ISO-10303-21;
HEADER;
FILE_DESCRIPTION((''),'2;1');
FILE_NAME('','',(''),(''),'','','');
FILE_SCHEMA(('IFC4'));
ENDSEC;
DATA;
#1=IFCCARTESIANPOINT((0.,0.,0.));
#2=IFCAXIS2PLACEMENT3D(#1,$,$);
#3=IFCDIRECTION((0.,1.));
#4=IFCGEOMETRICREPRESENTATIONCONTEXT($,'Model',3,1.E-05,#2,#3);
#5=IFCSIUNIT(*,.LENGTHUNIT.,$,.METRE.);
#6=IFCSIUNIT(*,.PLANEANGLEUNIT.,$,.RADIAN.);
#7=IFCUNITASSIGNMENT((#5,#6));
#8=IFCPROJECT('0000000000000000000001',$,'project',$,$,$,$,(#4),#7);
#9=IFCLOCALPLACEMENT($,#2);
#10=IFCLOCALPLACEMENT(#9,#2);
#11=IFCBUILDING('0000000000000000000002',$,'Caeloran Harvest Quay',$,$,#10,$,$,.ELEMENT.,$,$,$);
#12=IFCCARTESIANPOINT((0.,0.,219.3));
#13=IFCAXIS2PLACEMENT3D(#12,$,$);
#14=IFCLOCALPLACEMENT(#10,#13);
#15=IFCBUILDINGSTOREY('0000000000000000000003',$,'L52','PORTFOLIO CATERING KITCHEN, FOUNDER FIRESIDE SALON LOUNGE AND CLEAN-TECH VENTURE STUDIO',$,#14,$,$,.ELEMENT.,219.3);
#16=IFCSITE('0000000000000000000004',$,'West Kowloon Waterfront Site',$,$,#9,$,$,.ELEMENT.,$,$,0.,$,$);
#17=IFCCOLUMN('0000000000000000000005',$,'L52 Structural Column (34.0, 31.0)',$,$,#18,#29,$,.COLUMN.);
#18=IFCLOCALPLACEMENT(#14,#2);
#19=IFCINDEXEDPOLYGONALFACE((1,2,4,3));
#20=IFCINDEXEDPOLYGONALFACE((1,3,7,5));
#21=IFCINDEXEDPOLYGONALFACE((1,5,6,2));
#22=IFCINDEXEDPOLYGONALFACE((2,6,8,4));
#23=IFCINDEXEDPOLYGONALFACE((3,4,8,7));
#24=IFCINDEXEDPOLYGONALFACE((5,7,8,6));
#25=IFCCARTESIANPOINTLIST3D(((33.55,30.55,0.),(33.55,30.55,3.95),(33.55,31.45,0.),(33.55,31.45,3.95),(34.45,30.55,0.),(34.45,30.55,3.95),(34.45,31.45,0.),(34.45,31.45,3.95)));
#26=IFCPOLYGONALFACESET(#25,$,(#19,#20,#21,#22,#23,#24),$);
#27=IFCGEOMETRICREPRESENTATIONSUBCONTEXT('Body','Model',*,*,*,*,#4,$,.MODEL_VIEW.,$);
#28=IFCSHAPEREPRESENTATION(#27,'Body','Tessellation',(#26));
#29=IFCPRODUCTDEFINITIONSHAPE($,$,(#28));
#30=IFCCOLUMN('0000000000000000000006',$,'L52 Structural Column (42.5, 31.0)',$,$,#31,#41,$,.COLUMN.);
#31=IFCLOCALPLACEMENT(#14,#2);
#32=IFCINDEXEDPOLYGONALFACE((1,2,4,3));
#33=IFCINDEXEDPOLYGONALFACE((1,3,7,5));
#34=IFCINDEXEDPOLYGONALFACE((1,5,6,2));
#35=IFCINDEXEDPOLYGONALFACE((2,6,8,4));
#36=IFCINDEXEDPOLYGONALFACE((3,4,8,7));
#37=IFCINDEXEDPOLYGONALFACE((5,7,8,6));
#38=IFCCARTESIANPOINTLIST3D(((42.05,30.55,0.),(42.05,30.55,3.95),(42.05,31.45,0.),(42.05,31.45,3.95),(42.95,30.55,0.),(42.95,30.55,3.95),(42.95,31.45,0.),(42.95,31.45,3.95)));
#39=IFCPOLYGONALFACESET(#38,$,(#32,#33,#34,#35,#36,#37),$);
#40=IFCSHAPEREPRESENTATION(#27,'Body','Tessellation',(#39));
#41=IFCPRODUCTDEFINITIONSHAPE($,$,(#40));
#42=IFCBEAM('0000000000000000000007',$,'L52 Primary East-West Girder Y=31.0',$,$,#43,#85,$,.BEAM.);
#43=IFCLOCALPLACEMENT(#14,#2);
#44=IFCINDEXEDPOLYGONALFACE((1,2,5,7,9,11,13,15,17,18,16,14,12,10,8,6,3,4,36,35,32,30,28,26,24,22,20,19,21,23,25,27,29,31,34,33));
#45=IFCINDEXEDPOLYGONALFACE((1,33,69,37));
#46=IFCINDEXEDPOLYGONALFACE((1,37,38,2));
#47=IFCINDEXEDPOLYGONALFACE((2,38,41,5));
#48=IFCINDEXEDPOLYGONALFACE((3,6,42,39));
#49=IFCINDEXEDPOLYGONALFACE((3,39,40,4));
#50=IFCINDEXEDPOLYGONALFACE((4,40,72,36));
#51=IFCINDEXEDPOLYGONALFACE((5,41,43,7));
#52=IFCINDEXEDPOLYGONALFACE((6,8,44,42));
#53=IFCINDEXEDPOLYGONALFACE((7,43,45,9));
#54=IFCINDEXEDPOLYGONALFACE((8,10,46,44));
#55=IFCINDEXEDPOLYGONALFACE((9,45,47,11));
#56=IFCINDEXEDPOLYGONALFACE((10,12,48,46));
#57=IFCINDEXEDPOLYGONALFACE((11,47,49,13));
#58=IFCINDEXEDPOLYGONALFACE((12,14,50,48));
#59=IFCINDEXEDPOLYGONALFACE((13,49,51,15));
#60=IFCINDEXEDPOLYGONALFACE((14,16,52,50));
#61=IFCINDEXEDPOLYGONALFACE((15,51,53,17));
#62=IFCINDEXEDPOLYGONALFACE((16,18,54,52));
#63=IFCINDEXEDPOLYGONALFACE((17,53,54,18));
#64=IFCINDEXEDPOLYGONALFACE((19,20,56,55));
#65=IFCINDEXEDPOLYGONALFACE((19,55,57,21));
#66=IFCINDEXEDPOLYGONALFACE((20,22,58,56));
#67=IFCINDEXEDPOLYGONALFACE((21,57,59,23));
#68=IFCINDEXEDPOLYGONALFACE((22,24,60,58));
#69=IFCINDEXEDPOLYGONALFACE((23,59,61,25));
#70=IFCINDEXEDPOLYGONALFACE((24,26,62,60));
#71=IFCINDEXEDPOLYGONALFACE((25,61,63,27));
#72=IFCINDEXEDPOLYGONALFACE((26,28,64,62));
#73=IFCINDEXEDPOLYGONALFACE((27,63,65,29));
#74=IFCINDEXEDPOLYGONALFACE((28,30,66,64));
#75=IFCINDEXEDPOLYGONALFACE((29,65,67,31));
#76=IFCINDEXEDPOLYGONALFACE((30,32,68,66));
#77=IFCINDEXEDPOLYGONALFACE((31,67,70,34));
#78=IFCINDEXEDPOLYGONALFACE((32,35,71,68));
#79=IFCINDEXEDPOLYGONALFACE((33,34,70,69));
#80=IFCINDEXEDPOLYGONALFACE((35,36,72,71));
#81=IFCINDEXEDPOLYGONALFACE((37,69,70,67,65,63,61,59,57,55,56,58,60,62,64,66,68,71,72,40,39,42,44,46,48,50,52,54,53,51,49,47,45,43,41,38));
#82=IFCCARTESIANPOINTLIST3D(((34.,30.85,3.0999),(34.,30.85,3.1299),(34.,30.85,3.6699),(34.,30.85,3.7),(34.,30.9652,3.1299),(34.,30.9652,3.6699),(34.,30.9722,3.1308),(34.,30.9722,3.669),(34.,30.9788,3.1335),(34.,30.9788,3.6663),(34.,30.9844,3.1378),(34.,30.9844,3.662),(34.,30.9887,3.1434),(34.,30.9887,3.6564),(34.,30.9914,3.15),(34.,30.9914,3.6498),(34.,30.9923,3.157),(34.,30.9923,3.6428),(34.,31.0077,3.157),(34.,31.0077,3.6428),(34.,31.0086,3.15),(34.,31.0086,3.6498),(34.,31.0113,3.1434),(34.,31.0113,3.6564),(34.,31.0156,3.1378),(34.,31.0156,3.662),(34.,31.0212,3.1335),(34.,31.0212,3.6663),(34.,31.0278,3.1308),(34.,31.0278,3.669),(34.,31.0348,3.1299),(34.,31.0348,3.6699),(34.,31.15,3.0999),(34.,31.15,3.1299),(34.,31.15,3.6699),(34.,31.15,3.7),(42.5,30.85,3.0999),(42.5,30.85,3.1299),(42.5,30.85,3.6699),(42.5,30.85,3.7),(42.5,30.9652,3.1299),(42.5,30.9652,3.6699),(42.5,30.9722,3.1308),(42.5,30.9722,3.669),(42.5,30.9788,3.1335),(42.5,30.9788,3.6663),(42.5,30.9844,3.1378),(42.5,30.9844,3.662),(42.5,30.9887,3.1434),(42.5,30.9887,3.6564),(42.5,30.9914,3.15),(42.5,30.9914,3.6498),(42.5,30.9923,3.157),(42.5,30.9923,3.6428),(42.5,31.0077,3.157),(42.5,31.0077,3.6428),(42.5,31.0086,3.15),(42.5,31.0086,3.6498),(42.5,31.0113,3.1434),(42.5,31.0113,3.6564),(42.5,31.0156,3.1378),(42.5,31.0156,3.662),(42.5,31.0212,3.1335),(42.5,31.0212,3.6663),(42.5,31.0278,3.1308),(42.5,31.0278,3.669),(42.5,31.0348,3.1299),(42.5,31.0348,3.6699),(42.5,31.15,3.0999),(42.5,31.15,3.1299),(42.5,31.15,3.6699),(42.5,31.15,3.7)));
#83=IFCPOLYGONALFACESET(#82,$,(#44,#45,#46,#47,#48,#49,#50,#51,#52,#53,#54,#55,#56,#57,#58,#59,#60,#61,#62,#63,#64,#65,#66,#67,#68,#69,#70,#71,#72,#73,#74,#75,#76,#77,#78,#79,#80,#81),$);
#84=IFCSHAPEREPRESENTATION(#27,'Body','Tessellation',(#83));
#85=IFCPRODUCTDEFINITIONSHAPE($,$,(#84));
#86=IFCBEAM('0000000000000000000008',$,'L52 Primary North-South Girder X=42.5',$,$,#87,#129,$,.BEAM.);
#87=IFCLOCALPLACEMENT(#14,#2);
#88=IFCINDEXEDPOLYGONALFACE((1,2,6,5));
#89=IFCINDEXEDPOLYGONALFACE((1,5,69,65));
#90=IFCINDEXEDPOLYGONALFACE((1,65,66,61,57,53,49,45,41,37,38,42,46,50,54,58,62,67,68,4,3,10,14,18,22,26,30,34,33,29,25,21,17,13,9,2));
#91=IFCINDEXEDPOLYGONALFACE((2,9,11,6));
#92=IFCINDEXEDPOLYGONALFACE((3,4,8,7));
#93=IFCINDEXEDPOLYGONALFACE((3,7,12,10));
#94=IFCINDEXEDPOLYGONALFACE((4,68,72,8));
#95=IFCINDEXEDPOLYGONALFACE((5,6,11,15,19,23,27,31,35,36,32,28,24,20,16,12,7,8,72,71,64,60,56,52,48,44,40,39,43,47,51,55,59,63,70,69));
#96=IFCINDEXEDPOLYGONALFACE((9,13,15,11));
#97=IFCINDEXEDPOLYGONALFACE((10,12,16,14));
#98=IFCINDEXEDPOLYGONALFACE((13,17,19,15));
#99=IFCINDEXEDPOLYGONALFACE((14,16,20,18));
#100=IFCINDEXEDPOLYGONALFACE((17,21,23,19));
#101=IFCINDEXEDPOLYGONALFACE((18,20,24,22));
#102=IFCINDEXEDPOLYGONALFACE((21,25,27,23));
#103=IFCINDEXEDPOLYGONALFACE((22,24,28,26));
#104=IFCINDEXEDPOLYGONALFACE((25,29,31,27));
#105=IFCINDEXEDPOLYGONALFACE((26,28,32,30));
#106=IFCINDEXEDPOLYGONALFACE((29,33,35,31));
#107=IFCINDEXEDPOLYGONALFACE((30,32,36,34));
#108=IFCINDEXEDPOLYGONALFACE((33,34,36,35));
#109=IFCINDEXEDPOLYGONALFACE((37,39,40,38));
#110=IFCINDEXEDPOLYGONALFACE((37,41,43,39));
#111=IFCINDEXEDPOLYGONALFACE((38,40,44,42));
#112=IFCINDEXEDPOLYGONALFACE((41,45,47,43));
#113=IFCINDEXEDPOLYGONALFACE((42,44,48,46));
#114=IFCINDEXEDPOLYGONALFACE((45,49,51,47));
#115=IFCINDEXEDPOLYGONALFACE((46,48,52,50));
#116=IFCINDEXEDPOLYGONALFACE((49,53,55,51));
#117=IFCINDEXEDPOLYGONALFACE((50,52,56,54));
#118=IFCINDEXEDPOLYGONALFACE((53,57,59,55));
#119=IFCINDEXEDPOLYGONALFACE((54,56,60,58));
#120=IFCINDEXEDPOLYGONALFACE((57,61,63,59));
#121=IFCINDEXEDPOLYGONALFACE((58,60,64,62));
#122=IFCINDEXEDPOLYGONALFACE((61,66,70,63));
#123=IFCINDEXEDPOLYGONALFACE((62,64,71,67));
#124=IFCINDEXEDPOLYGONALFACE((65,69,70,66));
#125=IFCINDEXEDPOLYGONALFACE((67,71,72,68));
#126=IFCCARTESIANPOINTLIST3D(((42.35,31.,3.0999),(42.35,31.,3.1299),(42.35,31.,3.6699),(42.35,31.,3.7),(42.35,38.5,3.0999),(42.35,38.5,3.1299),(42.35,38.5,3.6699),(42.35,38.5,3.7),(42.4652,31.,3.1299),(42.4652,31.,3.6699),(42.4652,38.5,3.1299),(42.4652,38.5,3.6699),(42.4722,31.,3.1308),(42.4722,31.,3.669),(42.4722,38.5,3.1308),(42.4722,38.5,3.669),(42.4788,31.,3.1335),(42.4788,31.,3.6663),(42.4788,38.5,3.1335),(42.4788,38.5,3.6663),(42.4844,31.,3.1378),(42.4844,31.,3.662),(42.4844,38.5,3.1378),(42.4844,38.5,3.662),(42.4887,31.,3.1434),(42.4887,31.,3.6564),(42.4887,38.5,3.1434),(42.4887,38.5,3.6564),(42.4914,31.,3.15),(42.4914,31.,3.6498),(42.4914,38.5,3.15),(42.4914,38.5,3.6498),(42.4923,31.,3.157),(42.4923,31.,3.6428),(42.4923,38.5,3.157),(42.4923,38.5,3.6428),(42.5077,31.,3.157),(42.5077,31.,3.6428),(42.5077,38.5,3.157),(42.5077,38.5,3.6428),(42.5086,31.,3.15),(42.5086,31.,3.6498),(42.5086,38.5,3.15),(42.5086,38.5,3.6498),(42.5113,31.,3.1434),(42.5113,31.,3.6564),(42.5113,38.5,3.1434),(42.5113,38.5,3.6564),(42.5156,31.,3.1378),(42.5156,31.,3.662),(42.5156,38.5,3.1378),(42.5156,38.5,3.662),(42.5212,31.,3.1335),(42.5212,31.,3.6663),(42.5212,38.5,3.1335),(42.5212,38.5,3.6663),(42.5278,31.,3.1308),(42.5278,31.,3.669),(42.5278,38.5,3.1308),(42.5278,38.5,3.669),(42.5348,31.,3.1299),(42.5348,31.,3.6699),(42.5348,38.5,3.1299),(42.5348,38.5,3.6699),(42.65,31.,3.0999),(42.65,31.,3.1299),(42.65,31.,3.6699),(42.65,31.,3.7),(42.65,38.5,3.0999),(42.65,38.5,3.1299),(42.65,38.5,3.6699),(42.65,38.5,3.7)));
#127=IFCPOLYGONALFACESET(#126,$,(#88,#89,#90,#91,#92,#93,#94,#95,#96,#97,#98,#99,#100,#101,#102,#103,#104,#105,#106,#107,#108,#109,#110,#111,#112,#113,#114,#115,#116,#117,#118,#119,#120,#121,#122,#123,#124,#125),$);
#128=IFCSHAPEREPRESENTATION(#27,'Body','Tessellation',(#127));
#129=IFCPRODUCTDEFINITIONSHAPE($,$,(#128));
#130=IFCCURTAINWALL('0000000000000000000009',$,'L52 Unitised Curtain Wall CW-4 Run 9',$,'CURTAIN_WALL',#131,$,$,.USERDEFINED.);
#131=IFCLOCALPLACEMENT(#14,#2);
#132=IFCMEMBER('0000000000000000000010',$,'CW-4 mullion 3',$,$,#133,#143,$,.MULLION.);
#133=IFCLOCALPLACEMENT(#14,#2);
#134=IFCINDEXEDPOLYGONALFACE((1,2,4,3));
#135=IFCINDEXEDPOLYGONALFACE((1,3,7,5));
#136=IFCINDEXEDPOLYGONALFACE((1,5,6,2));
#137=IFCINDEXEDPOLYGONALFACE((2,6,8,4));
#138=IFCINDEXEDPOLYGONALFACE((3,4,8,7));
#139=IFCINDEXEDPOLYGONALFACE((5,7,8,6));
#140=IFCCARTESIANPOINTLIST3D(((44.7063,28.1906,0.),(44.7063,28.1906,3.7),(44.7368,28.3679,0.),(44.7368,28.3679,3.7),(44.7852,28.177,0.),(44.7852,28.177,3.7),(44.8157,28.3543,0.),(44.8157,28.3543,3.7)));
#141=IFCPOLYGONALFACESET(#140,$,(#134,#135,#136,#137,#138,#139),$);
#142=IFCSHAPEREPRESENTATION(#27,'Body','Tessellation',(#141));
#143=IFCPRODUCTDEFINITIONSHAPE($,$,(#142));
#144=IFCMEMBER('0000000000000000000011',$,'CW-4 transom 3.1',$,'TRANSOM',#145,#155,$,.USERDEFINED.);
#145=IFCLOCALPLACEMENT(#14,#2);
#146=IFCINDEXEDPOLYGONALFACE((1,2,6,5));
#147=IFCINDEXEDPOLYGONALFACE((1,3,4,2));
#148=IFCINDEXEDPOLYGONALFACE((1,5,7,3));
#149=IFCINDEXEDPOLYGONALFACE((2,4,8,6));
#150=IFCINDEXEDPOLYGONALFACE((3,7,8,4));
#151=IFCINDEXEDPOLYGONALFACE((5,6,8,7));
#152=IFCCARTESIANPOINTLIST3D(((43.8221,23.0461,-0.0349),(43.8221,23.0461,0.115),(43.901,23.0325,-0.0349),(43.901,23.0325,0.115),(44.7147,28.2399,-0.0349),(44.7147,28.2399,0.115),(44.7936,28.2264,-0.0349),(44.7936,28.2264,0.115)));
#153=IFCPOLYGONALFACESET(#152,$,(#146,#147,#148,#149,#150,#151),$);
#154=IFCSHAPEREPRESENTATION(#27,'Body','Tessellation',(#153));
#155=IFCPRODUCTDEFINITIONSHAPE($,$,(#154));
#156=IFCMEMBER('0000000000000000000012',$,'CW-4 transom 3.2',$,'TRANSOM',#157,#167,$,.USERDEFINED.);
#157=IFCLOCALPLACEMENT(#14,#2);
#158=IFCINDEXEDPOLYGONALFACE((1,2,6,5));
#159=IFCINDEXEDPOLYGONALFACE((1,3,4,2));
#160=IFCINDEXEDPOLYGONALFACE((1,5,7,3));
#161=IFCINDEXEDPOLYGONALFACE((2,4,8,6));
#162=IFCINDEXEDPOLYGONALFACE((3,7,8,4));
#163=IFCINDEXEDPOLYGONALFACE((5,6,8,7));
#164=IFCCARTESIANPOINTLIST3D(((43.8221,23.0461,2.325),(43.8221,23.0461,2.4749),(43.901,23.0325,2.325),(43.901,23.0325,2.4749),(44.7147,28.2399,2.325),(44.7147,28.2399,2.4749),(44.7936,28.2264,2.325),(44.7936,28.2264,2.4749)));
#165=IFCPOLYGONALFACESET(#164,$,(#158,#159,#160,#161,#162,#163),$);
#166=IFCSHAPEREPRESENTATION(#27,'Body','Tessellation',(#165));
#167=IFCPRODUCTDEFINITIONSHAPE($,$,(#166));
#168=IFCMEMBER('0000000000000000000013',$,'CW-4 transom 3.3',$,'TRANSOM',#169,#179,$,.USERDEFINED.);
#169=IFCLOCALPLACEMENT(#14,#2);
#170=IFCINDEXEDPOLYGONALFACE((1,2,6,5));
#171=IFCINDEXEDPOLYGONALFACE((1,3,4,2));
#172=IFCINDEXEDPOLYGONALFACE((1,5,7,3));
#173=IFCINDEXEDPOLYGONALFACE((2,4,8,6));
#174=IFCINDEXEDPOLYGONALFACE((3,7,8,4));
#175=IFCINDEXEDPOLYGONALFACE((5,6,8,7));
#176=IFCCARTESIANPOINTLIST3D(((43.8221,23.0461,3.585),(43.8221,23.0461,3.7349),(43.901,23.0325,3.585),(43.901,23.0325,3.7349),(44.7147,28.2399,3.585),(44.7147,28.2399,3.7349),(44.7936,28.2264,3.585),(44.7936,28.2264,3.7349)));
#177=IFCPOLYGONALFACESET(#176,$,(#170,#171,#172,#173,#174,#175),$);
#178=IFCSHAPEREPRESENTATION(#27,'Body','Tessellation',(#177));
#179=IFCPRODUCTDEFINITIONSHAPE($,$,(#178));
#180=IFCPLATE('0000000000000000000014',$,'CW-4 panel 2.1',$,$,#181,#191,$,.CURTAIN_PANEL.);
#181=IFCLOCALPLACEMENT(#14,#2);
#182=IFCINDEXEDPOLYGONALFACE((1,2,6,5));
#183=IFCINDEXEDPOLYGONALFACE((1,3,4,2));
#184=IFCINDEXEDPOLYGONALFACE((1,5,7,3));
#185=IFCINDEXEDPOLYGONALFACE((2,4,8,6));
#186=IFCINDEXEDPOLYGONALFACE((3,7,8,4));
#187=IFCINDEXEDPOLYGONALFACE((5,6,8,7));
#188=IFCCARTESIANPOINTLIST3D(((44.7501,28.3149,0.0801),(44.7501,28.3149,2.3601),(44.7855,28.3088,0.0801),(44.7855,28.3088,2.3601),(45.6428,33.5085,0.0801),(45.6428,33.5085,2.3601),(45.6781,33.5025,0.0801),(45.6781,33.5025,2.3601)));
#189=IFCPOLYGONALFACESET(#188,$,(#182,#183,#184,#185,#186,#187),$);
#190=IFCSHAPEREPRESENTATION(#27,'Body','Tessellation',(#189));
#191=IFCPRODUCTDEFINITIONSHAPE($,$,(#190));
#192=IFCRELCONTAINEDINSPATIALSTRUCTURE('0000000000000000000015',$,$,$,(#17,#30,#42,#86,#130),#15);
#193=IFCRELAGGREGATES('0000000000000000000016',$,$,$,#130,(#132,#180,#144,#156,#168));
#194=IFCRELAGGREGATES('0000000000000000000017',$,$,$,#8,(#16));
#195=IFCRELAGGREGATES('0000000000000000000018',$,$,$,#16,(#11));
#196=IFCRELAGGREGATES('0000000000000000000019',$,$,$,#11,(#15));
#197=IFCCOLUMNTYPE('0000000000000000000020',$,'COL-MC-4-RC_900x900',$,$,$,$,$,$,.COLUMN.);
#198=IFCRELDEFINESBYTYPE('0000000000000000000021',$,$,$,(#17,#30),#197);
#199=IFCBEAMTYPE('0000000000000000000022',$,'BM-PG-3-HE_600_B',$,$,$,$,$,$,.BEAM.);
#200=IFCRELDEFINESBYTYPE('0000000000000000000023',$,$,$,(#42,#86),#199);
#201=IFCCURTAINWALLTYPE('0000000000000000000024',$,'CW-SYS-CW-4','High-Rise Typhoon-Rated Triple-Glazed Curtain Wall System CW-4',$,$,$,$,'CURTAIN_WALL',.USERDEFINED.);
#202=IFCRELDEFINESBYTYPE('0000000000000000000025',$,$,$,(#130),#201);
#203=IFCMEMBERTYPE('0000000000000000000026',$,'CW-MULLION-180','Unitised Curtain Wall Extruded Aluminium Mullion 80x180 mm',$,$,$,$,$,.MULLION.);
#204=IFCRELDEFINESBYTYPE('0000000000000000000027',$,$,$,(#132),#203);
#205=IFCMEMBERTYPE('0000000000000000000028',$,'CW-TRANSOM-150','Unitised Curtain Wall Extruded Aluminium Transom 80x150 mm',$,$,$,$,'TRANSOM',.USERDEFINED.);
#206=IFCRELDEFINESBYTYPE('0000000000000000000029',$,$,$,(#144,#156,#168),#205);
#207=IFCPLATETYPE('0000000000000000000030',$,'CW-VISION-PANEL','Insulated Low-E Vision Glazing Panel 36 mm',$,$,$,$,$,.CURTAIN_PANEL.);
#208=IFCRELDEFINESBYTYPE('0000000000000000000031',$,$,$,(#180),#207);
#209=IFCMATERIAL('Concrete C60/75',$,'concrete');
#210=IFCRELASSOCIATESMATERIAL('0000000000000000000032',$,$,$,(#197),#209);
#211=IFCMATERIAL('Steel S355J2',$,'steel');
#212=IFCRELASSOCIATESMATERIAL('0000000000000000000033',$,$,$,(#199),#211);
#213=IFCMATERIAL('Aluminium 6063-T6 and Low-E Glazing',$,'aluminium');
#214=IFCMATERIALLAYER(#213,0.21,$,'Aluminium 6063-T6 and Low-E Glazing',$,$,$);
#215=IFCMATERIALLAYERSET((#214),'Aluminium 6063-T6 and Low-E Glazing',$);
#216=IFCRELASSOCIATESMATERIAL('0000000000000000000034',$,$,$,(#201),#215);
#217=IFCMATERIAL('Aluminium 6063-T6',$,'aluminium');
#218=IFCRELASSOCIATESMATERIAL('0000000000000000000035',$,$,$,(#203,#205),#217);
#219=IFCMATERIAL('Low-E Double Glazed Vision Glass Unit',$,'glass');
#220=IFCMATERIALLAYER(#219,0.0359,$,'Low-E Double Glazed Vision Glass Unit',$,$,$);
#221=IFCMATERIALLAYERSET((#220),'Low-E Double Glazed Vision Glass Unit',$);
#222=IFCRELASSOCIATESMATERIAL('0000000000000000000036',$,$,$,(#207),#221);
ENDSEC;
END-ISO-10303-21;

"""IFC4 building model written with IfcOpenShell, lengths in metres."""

from ifc_helpers import new_model, si_unit, direction, frame, origin, origin_2d, place, context, subcontext, project, spatial, rectangle, i_section, extrude, material, layer, layer_set, material_profile, profile_set, type_object, element, aggregate, save


model = new_model("IFC4")

# Units and contexts
model_context = context("Model", 3, precision=1e-05, world=origin(), true_north=direction((0.0, 1.0)))
body_context = subcontext(model_context, "Body", "Model", "MODEL_VIEW")
ifc_project = project(units=[si_unit("LENGTHUNIT", "METRE"), si_unit("PLANEANGLEUNIT", "RADIAN")], contexts=[model_context])

# Site, building, storey
site_placement = place(None, origin())
site = spatial("IfcSite", under=ifc_project, at=site_placement, Name="West Kowloon Waterfront Site", CompositionType="ELEMENT", RefElevation=0.0)
building_placement = place(site_placement, origin())
building = spatial("IfcBuilding", under=site, at=building_placement, Name="Caeloran Harvest Quay", CompositionType="ELEMENT")
storey_placement = place(building_placement, frame((0.0, 0.0, 219.3)))
storey = spatial("IfcBuildingStorey", under=building, at=storey_placement, Name="L52", Description="PORTFOLIO CATERING KITCHEN, FOUNDER FIRESIDE SALON LOUNGE AND CLEAN-TECH VENTURE STUDIO", CompositionType="ELEMENT", Elevation=219.3)

# Columns
ifc_material_1 = material(Name="Concrete C60/75", Category="concrete")
ifc_material_profile_1 = material_profile(ifc_material_1, rectangle(XDim=0.8999, YDim=0.8999, at=origin_2d()), Name="RC 900x900")
ifc_profile_set_1 = profile_set([ifc_material_profile_1], Name="Concrete C60/75")
column_type = type_object("IfcColumnType", Name="COL-MC-4-RC_900x900", PredefinedType="COLUMN", material=ifc_profile_set_1)
for number, where, z_axis, x_axis, name in (
    (1, (34.0, 31.0, 0.0), (0.0, 0.0, 1.0), (1.0, 0.0, 0.0), "L52 Structural Column (34.0, 31.0)"),
    (2, (42.5, 31.0, 0.0), (0.0, 0.0, 1.0), (1.0, 0.0, 0.0), "L52 Structural Column (42.5, 31.0)"),
):
    element("IfcColumn", number, at=place(storey_placement, frame(where, z_axis=z_axis, x_axis=x_axis)), inside=storey, type_object=column_type, Name=name, PredefinedType="COLUMN", context=body_context, shape_type="SweptSolid", body=[
        extrude(rectangle(XDim=0.8999, YDim=0.8999, at=origin_2d()), origin(), (0.0, 0.0, 1.0), 3.95),
    ])

# Beams
ifc_material_2 = material(Name="Steel S355J2", Category="steel")
ifc_material_profile_2 = material_profile(ifc_material_2, i_section(OverallWidth=0.3, OverallDepth=0.6001, WebThickness=0.0154, FlangeThickness=0.03, FilletRadius=0.0271, at=origin_2d()), Name="HE 600 B")
ifc_profile_set_2 = profile_set([ifc_material_profile_2], Name="Steel S355J2")
beam_type = type_object("IfcBeamType", Name="BM-PG-3-HE_600_B", PredefinedType="BEAM", material=ifc_profile_set_2)
beam_1_placement = place(storey_placement, frame((34.0, 31.0, 3.3999), z_axis=(1.0, 0.0, 0.0), x_axis=(0.0, 1.0, 0.0)))
element("IfcBeam", 3, at=beam_1_placement, inside=storey, type_object=beam_type, Name="L52 Primary East-West Girder Y=31.0", PredefinedType="BEAM", context=body_context, shape_type="SweptSolid", body=[
    extrude(i_section(OverallWidth=0.3, OverallDepth=0.6001, WebThickness=0.0154, FlangeThickness=0.03, FilletRadius=0.0271, at=origin_2d()), origin(), (0.0, 0.0, 1.0), 8.5),
])
beam_2_placement = place(storey_placement, frame((42.5, 31.0, 3.3999), z_axis=(0.0, 1.0, 0.0), x_axis=(-1.0, 0.0, 0.0)))
element("IfcBeam", 4, at=beam_2_placement, inside=storey, type_object=beam_type, Name="L52 Primary North-South Girder X=42.5", PredefinedType="BEAM", context=body_context, shape_type="SweptSolid", body=[
    extrude(i_section(OverallWidth=0.3, OverallDepth=0.6001, WebThickness=0.0154, FlangeThickness=0.03, FilletRadius=0.0271, at=origin_2d()), origin(), (0.0, 0.0, 1.0), 7.5),
])

# Curtain wall, members, plate
ifc_material_3 = material(Name="Aluminium 6063-T6 and Low-E Glazing", Category="aluminium")
ifc_layer_1 = layer(ifc_material_3, 0.21, Name="Aluminium 6063-T6 and Low-E Glazing")
ifc_layer_set_1 = layer_set([ifc_layer_1], Name="Aluminium 6063-T6 and Low-E Glazing")
curtain_wall_type = type_object("IfcCurtainWallType", Name="CW-SYS-CW-4", Description="High-Rise Typhoon-Rated Triple-Glazed Curtain Wall System CW-4", ElementType="CURTAIN_WALL", PredefinedType="USERDEFINED", material=ifc_layer_set_1)
curtain_wall_placement = place(storey_placement, origin())
curtain_wall = element("IfcCurtainWall", 5, at=curtain_wall_placement, inside=storey, type_object=curtain_wall_type, Name="L52 Unitised Curtain Wall CW-4 Run 9", ObjectType="CURTAIN_WALL", PredefinedType="USERDEFINED")
ifc_material_4 = material(Name="Aluminium 6063-T6", Category="aluminium")
ifc_material_profile_3 = material_profile(ifc_material_4, rectangle(XDim=0.0801, YDim=0.1799, at=origin_2d()), Name="CW-MULLION-180")
ifc_profile_set_3 = profile_set([ifc_material_profile_3], Name="Aluminium 6063-T6")
member_type_1 = type_object("IfcMemberType", Name="CW-MULLION-180", Description="Unitised Curtain Wall Extruded Aluminium Mullion 80x180 mm", PredefinedType="MULLION", material=ifc_profile_set_3)
member_1_placement = place(storey_placement, frame((44.761, 28.2725, 0.0), z_axis=(0.0, 0.0, 1.0), x_axis=(0.985549, -0.169391, 0.0)))
member_1 = element("IfcMember", 6, at=member_1_placement, type_object=member_type_1, Name="CW-4 mullion 3", PredefinedType="MULLION", context=body_context, shape_type="SweptSolid", body=[
    extrude(rectangle(XDim=0.0801, YDim=0.1799, at=origin_2d()), origin(), (0.0, 0.0, 1.0), 3.7),
])
ifc_material_profile_4 = material_profile(ifc_material_4, rectangle(XDim=0.0801, YDim=0.1499, at=origin_2d()), Name="CW-TRANSOM-150")
ifc_profile_set_4 = profile_set([ifc_material_profile_4], Name="Aluminium 6063-T6")
member_type_2 = type_object("IfcMemberType", Name="CW-TRANSOM-150", Description="Unitised Curtain Wall Extruded Aluminium Transom 80x150 mm", ElementType="TRANSOM", PredefinedType="USERDEFINED", material=ifc_profile_set_4)
member_2_placement = place(storey_placement, frame((44.7542, 28.2332, 0.04), z_axis=(-0.16937, -0.985553, 0.0), x_axis=(0.985553, -0.16937, 0.0)))
member_2 = element("IfcMember", 7, at=member_2_placement, type_object=member_type_2, Name="CW-4 transom 3.1", ObjectType="TRANSOM", PredefinedType="USERDEFINED", context=body_context, shape_type="SweptSolid", body=[
    extrude(rectangle(XDim=0.0801, YDim=0.1499, at=origin_2d()), origin(), (0.0, 0.0, 1.0), 5.27),
])
member_3_placement = place(storey_placement, frame((44.7542, 28.2332, 2.3999), z_axis=(-0.16937, -0.985553, 0.0), x_axis=(0.985553, -0.16937, 0.0)))
member_3 = element("IfcMember", 8, at=member_3_placement, type_object=member_type_2, Name="CW-4 transom 3.2", ObjectType="TRANSOM", PredefinedType="USERDEFINED", context=body_context, shape_type="SweptSolid", body=[
    extrude(rectangle(XDim=0.0801, YDim=0.1499, at=origin_2d()), origin(), (0.0, 0.0, 1.0), 5.27),
])
member_4_placement = place(storey_placement, frame((44.7542, 28.2332, 3.6599), z_axis=(-0.16937, -0.985553, 0.0), x_axis=(0.985553, -0.16937, 0.0)))
member_4 = element("IfcMember", 9, at=member_4_placement, type_object=member_type_2, Name="CW-4 transom 3.3", ObjectType="TRANSOM", PredefinedType="USERDEFINED", context=body_context, shape_type="SweptSolid", body=[
    extrude(rectangle(XDim=0.0801, YDim=0.1499, at=origin_2d()), origin(), (0.0, 0.0, 1.0), 5.27),
])
ifc_material_5 = material(Name="Low-E Double Glazed Vision Glass Unit", Category="glass")
ifc_layer_2 = layer(ifc_material_5, 0.0359, Name="Low-E Double Glazed Vision Glass Unit")
ifc_layer_set_2 = layer_set([ifc_layer_2], Name="Low-E Double Glazed Vision Glass Unit")
plate_type = type_object("IfcPlateType", Name="CW-VISION-PANEL", Description="Insulated Low-E Vision Glazing Panel 36 mm", PredefinedType="CURTAIN_PANEL", material=ifc_layer_set_2)
plate_1_placement = place(storey_placement, frame((45.2141, 30.9087, 0.0801), z_axis=(0.0, 0.0, 1.0), x_axis=(-0.169391, -0.985549, 0.0)))
plate_1 = element("IfcPlate", 10, at=plate_1_placement, type_object=plate_type, Name="CW-4 panel 2.1", PredefinedType="CURTAIN_PANEL", context=body_context, shape_type="SweptSolid", body=[
    extrude(rectangle(XDim=5.2698, YDim=0.0359, at=origin_2d()), origin(), (0.0, 0.0, 1.0), 2.28),
])
aggregate(curtain_wall, [member_1, plate_1, member_2, member_3, member_4])

save(model, "model.ifc")
